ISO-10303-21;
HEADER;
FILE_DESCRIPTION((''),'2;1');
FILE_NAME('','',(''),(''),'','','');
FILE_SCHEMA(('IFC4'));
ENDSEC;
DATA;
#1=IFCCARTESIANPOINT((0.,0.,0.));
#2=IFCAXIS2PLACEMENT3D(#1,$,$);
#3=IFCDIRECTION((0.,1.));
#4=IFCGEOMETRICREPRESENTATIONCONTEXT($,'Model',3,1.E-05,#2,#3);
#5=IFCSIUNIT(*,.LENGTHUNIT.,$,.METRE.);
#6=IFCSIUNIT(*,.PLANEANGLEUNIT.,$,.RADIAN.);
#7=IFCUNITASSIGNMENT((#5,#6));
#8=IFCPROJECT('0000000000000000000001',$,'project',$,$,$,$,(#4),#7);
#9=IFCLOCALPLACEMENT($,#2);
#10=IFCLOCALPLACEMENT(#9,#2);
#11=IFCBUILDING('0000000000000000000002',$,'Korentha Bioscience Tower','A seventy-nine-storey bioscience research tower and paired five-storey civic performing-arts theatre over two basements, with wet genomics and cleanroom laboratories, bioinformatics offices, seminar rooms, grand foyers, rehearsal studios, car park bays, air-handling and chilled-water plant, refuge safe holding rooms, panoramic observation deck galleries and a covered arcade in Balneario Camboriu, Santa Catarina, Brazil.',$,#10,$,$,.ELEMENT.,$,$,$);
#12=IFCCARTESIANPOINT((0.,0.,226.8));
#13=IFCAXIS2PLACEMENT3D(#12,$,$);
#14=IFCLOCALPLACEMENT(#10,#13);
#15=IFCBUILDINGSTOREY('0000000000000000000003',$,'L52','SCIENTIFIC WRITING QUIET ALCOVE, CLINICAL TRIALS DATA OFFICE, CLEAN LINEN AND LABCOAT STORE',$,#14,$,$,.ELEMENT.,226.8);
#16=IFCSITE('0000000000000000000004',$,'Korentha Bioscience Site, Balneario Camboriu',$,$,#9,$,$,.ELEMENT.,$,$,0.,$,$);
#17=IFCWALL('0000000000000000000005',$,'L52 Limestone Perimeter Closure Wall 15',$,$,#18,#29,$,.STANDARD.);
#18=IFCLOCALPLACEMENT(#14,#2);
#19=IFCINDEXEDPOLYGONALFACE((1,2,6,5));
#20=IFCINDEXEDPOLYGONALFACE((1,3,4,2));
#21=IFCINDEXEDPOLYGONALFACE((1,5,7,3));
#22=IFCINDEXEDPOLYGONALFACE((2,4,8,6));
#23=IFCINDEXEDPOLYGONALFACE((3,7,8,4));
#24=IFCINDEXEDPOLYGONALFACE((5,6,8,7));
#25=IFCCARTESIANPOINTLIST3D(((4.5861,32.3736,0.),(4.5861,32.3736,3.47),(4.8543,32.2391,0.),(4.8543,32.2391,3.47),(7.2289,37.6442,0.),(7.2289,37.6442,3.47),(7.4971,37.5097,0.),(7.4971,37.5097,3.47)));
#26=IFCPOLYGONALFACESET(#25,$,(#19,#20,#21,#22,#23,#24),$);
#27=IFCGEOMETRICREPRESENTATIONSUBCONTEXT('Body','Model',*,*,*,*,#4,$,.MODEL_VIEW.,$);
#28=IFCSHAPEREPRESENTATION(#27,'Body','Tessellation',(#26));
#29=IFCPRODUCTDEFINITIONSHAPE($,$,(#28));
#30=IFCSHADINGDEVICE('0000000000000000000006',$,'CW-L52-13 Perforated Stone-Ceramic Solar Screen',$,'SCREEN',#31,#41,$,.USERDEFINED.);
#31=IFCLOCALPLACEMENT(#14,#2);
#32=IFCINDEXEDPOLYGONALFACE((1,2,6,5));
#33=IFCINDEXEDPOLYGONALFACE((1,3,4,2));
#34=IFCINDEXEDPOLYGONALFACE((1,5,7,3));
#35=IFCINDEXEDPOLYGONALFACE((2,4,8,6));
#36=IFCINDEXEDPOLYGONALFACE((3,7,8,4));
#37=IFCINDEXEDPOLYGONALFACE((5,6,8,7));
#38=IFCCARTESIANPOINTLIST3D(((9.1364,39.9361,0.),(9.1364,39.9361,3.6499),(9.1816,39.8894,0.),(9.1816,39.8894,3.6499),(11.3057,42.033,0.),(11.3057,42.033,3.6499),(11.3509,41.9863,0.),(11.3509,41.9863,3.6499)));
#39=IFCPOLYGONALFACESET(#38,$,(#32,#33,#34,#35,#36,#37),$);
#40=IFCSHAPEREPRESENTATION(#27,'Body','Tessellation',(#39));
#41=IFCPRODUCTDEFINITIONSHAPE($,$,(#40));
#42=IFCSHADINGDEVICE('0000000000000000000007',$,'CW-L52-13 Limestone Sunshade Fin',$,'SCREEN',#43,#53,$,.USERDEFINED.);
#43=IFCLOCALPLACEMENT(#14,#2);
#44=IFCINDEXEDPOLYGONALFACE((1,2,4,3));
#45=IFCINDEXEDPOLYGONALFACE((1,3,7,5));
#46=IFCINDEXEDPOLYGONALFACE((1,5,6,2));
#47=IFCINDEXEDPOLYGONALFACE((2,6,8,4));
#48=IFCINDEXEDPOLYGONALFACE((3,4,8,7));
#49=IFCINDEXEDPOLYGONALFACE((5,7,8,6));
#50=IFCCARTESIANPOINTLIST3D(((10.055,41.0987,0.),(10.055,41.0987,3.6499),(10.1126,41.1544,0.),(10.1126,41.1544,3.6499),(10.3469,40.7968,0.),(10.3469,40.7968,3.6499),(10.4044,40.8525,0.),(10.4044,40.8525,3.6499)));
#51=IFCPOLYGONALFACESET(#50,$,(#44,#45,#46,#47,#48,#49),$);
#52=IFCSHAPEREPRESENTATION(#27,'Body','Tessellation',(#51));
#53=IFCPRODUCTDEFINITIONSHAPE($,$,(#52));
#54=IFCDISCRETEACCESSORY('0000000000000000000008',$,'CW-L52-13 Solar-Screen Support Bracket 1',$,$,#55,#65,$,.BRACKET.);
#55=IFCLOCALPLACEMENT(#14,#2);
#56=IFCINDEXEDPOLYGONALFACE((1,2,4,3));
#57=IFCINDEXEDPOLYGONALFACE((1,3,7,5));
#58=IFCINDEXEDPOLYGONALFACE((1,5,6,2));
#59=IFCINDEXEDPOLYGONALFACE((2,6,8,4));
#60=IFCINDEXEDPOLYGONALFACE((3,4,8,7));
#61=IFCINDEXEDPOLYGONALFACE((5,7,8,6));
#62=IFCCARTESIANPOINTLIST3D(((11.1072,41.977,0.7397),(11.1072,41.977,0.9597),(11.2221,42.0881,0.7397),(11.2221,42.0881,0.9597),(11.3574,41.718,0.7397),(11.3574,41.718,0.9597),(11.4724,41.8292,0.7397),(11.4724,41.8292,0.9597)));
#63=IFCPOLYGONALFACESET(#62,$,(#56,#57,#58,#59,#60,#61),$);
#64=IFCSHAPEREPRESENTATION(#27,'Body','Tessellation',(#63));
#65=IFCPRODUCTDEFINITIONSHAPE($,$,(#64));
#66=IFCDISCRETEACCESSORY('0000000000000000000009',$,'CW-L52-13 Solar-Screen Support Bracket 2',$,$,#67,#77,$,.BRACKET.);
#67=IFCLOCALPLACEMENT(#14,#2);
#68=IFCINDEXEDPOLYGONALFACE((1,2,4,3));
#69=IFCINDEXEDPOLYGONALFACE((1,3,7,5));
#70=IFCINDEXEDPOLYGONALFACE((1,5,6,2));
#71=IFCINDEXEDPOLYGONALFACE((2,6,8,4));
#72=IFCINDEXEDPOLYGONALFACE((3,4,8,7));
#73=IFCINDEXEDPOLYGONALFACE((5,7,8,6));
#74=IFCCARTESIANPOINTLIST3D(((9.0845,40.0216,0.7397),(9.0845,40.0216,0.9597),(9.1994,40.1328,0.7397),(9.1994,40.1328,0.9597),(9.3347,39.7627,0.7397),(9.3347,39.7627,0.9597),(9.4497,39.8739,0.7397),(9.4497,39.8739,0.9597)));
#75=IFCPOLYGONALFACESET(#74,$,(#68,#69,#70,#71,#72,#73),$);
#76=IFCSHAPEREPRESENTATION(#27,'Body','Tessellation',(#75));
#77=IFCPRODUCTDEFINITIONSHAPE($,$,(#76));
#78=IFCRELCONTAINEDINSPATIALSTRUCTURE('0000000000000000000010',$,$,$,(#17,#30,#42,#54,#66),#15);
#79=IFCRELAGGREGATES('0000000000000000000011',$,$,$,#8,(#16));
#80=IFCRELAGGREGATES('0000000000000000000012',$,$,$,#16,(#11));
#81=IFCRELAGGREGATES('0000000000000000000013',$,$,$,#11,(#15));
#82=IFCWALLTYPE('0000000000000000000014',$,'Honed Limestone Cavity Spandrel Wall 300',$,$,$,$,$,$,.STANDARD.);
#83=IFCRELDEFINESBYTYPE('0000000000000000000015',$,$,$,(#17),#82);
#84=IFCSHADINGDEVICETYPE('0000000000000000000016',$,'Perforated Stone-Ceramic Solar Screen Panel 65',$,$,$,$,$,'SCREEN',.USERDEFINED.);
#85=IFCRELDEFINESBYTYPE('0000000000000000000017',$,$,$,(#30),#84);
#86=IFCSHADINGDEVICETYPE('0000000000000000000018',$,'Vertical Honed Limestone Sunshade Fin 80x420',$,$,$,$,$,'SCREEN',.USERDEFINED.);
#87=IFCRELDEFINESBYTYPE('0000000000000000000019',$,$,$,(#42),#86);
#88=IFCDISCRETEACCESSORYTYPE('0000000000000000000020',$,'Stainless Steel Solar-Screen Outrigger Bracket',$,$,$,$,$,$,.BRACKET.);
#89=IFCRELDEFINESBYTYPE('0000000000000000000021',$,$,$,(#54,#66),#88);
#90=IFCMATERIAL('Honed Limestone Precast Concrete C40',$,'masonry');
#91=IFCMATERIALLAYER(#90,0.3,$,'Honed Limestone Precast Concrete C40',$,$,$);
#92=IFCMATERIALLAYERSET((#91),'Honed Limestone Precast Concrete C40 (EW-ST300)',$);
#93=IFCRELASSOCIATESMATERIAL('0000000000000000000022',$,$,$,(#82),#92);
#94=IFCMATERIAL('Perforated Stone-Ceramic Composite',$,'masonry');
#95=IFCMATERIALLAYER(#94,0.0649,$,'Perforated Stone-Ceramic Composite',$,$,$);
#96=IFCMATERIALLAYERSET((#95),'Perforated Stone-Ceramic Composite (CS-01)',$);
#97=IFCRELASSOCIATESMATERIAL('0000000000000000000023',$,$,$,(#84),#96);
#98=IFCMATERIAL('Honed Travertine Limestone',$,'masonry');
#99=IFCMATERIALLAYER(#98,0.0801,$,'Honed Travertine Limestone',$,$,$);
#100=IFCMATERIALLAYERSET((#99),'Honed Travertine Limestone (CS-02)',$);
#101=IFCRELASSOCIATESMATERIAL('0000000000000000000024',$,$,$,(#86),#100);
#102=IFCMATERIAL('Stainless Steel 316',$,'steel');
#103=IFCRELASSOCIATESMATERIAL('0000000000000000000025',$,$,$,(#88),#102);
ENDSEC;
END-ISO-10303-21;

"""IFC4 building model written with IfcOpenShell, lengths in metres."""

from ifc_helpers import new_model, si_unit, direction, frame, frame_2d, origin, origin_2d, place, context, subcontext, project, spatial, rectangle, extrude, material, layer, layer_set, type_object, element, save


model = new_model("IFC4")

# Units and contexts
model_context = context("Model", 3, precision=1e-05, world=origin(), true_north=direction((0.0, 1.0)))
body_context = subcontext(model_context, "Body", "Model", "MODEL_VIEW")
ifc_project = project(units=[si_unit("LENGTHUNIT", "METRE"), si_unit("PLANEANGLEUNIT", "RADIAN")], contexts=[model_context])

# Site, building, storey
site_placement = place(None, origin())
site = spatial("IfcSite", under=ifc_project, at=site_placement, Name="Korentha Bioscience Site, Balneario Camboriu", CompositionType="ELEMENT", RefElevation=0.0)
building_placement = place(site_placement, origin())
building = spatial("IfcBuilding", under=site, at=building_placement, Name="Korentha Bioscience Tower", Description="A seventy-nine-storey bioscience research tower and paired five-storey civic performing-arts theatre over two basements, with wet genomics and cleanroom laboratories, bioinformatics offices, seminar rooms, grand foyers, rehearsal studios, car park bays, air-handling and chilled-water plant, refuge safe holding rooms, panoramic observation deck galleries and a covered arcade in Balneario Camboriu, Santa Catarina, Brazil.", CompositionType="ELEMENT")
storey_placement = place(building_placement, frame((0.0, 0.0, 226.8)))
storey = spatial("IfcBuildingStorey", under=building, at=storey_placement, Name="L52", Description="SCIENTIFIC WRITING QUIET ALCOVE, CLINICAL TRIALS DATA OFFICE, CLEAN LINEN AND LABCOAT STORE", CompositionType="ELEMENT", Elevation=226.8)

# Shared definitions
ifc_material_1 = material(Name="Honed Limestone Precast Concrete C40", Category="masonry")
ifc_layer_1 = layer(ifc_material_1, 0.3, Name="Honed Limestone Precast Concrete C40")
ifc_layer_set_1 = layer_set([ifc_layer_1], Name="Honed Limestone Precast Concrete C40 (EW-ST300)")
wall_type_1 = type_object("IfcWallType", Name="Honed Limestone Cavity Spandrel Wall 300", PredefinedType="STANDARD", material=ifc_layer_set_1)

# Wall
wall_1_placement = place(storey_placement, frame((7.363, 37.5769, 0.0), z_axis=(0.0, 0.0, 1.0), x_axis=(-0.44824, -0.893913, 0.0)))
element("IfcWall", 1, at=wall_1_placement, inside=storey, type_object=wall_type_1, Name="L52 Limestone Perimeter Closure Wall 15", PredefinedType="STANDARD", context=body_context, shape_type="SweptSolid", body=[
    extrude(rectangle(XDim=5.896, YDim=0.3, at=frame_2d((2.948, 0.0))), origin(), (0.0, 0.0, 1.0), 3.47),
])

# Shading devices
ifc_material_2 = material(Name="Perforated Stone-Ceramic Composite", Category="masonry")
ifc_layer_2 = layer(ifc_material_2, 0.0649, Name="Perforated Stone-Ceramic Composite")
ifc_layer_set_2 = layer_set([ifc_layer_2], Name="Perforated Stone-Ceramic Composite (CS-01)")
shading_device_type_1 = type_object("IfcShadingDeviceType", Name="Perforated Stone-Ceramic Solar Screen Panel 65", ElementType="SCREEN", PredefinedType="USERDEFINED", material=ifc_layer_set_2)
shading_device_1_placement = place(storey_placement, frame((10.2437, 40.9612, 0.0), z_axis=(0.0, 0.0, 1.0), x_axis=(-0.719, -0.69501, 0.0)))
element("IfcShadingDevice", 2, at=shading_device_1_placement, inside=storey, type_object=shading_device_type_1, Name="CW-L52-13 Perforated Stone-Ceramic Solar Screen", ObjectType="SCREEN", PredefinedType="USERDEFINED", context=body_context, shape_type="SweptSolid", body=[
    extrude(rectangle(XDim=3.0171, YDim=0.0649, at=origin_2d()), origin(), (0.0, 0.0, 1.0), 3.6499),
])
ifc_material_3 = material(Name="Honed Travertine Limestone", Category="masonry")
ifc_layer_3 = layer(ifc_material_3, 0.0801, Name="Honed Travertine Limestone")
ifc_layer_set_3 = layer_set([ifc_layer_3], Name="Honed Travertine Limestone (CS-02)")
shading_device_type_2 = type_object("IfcShadingDeviceType", Name="Vertical Honed Limestone Sunshade Fin 80x420", ElementType="SCREEN", PredefinedType="USERDEFINED", material=ifc_layer_set_3)
shading_device_2_placement = place(storey_placement, frame((10.2297, 40.9756, 0.0), z_axis=(0.0, 0.0, 1.0), x_axis=(-0.719, -0.69501, 0.0)))
element("IfcShadingDevice", 3, at=shading_device_2_placement, inside=storey, type_object=shading_device_type_2, Name="CW-L52-13 Limestone Sunshade Fin", ObjectType="SCREEN", PredefinedType="USERDEFINED", context=body_context, shape_type="SweptSolid", body=[
    extrude(rectangle(XDim=0.0801, YDim=0.4199, at=origin_2d()), origin(), (0.0, 0.0, 1.0), 3.6499),
])

# Discrete accessories
ifc_material_4 = material(Name="Stainless Steel 316", Category="steel")
discrete_accessory_type = type_object("IfcDiscreteAccessoryType", Name="Stainless Steel Solar-Screen Outrigger Bracket", PredefinedType="BRACKET", material=ifc_material_4)
for number, where, z_axis, x_axis, name in (
    (4, (11.2898, 41.9031, 0.7397), (0.0, 0.0, 1.0), (-0.719, -0.69501, 0.0), "CW-L52-13 Solar-Screen Support Bracket 1"),
    (5, (9.2671, 39.9478, 0.7397), (0.0, 0.0, 1.0), (-0.719, -0.69501, 0.0), "CW-L52-13 Solar-Screen Support Bracket 2"),
):
    element("IfcDiscreteAccessory", number, at=place(storey_placement, frame(where, z_axis=z_axis, x_axis=x_axis)), inside=storey, type_object=discrete_accessory_type, Name=name, PredefinedType="BRACKET", context=body_context, shape_type="SweptSolid", body=[
        extrude(rectangle(XDim=0.1599, YDim=0.3601, at=origin_2d()), origin(), (0.0, 0.0, 1.0), 0.22),
    ])

save(model, "model.ifc")
